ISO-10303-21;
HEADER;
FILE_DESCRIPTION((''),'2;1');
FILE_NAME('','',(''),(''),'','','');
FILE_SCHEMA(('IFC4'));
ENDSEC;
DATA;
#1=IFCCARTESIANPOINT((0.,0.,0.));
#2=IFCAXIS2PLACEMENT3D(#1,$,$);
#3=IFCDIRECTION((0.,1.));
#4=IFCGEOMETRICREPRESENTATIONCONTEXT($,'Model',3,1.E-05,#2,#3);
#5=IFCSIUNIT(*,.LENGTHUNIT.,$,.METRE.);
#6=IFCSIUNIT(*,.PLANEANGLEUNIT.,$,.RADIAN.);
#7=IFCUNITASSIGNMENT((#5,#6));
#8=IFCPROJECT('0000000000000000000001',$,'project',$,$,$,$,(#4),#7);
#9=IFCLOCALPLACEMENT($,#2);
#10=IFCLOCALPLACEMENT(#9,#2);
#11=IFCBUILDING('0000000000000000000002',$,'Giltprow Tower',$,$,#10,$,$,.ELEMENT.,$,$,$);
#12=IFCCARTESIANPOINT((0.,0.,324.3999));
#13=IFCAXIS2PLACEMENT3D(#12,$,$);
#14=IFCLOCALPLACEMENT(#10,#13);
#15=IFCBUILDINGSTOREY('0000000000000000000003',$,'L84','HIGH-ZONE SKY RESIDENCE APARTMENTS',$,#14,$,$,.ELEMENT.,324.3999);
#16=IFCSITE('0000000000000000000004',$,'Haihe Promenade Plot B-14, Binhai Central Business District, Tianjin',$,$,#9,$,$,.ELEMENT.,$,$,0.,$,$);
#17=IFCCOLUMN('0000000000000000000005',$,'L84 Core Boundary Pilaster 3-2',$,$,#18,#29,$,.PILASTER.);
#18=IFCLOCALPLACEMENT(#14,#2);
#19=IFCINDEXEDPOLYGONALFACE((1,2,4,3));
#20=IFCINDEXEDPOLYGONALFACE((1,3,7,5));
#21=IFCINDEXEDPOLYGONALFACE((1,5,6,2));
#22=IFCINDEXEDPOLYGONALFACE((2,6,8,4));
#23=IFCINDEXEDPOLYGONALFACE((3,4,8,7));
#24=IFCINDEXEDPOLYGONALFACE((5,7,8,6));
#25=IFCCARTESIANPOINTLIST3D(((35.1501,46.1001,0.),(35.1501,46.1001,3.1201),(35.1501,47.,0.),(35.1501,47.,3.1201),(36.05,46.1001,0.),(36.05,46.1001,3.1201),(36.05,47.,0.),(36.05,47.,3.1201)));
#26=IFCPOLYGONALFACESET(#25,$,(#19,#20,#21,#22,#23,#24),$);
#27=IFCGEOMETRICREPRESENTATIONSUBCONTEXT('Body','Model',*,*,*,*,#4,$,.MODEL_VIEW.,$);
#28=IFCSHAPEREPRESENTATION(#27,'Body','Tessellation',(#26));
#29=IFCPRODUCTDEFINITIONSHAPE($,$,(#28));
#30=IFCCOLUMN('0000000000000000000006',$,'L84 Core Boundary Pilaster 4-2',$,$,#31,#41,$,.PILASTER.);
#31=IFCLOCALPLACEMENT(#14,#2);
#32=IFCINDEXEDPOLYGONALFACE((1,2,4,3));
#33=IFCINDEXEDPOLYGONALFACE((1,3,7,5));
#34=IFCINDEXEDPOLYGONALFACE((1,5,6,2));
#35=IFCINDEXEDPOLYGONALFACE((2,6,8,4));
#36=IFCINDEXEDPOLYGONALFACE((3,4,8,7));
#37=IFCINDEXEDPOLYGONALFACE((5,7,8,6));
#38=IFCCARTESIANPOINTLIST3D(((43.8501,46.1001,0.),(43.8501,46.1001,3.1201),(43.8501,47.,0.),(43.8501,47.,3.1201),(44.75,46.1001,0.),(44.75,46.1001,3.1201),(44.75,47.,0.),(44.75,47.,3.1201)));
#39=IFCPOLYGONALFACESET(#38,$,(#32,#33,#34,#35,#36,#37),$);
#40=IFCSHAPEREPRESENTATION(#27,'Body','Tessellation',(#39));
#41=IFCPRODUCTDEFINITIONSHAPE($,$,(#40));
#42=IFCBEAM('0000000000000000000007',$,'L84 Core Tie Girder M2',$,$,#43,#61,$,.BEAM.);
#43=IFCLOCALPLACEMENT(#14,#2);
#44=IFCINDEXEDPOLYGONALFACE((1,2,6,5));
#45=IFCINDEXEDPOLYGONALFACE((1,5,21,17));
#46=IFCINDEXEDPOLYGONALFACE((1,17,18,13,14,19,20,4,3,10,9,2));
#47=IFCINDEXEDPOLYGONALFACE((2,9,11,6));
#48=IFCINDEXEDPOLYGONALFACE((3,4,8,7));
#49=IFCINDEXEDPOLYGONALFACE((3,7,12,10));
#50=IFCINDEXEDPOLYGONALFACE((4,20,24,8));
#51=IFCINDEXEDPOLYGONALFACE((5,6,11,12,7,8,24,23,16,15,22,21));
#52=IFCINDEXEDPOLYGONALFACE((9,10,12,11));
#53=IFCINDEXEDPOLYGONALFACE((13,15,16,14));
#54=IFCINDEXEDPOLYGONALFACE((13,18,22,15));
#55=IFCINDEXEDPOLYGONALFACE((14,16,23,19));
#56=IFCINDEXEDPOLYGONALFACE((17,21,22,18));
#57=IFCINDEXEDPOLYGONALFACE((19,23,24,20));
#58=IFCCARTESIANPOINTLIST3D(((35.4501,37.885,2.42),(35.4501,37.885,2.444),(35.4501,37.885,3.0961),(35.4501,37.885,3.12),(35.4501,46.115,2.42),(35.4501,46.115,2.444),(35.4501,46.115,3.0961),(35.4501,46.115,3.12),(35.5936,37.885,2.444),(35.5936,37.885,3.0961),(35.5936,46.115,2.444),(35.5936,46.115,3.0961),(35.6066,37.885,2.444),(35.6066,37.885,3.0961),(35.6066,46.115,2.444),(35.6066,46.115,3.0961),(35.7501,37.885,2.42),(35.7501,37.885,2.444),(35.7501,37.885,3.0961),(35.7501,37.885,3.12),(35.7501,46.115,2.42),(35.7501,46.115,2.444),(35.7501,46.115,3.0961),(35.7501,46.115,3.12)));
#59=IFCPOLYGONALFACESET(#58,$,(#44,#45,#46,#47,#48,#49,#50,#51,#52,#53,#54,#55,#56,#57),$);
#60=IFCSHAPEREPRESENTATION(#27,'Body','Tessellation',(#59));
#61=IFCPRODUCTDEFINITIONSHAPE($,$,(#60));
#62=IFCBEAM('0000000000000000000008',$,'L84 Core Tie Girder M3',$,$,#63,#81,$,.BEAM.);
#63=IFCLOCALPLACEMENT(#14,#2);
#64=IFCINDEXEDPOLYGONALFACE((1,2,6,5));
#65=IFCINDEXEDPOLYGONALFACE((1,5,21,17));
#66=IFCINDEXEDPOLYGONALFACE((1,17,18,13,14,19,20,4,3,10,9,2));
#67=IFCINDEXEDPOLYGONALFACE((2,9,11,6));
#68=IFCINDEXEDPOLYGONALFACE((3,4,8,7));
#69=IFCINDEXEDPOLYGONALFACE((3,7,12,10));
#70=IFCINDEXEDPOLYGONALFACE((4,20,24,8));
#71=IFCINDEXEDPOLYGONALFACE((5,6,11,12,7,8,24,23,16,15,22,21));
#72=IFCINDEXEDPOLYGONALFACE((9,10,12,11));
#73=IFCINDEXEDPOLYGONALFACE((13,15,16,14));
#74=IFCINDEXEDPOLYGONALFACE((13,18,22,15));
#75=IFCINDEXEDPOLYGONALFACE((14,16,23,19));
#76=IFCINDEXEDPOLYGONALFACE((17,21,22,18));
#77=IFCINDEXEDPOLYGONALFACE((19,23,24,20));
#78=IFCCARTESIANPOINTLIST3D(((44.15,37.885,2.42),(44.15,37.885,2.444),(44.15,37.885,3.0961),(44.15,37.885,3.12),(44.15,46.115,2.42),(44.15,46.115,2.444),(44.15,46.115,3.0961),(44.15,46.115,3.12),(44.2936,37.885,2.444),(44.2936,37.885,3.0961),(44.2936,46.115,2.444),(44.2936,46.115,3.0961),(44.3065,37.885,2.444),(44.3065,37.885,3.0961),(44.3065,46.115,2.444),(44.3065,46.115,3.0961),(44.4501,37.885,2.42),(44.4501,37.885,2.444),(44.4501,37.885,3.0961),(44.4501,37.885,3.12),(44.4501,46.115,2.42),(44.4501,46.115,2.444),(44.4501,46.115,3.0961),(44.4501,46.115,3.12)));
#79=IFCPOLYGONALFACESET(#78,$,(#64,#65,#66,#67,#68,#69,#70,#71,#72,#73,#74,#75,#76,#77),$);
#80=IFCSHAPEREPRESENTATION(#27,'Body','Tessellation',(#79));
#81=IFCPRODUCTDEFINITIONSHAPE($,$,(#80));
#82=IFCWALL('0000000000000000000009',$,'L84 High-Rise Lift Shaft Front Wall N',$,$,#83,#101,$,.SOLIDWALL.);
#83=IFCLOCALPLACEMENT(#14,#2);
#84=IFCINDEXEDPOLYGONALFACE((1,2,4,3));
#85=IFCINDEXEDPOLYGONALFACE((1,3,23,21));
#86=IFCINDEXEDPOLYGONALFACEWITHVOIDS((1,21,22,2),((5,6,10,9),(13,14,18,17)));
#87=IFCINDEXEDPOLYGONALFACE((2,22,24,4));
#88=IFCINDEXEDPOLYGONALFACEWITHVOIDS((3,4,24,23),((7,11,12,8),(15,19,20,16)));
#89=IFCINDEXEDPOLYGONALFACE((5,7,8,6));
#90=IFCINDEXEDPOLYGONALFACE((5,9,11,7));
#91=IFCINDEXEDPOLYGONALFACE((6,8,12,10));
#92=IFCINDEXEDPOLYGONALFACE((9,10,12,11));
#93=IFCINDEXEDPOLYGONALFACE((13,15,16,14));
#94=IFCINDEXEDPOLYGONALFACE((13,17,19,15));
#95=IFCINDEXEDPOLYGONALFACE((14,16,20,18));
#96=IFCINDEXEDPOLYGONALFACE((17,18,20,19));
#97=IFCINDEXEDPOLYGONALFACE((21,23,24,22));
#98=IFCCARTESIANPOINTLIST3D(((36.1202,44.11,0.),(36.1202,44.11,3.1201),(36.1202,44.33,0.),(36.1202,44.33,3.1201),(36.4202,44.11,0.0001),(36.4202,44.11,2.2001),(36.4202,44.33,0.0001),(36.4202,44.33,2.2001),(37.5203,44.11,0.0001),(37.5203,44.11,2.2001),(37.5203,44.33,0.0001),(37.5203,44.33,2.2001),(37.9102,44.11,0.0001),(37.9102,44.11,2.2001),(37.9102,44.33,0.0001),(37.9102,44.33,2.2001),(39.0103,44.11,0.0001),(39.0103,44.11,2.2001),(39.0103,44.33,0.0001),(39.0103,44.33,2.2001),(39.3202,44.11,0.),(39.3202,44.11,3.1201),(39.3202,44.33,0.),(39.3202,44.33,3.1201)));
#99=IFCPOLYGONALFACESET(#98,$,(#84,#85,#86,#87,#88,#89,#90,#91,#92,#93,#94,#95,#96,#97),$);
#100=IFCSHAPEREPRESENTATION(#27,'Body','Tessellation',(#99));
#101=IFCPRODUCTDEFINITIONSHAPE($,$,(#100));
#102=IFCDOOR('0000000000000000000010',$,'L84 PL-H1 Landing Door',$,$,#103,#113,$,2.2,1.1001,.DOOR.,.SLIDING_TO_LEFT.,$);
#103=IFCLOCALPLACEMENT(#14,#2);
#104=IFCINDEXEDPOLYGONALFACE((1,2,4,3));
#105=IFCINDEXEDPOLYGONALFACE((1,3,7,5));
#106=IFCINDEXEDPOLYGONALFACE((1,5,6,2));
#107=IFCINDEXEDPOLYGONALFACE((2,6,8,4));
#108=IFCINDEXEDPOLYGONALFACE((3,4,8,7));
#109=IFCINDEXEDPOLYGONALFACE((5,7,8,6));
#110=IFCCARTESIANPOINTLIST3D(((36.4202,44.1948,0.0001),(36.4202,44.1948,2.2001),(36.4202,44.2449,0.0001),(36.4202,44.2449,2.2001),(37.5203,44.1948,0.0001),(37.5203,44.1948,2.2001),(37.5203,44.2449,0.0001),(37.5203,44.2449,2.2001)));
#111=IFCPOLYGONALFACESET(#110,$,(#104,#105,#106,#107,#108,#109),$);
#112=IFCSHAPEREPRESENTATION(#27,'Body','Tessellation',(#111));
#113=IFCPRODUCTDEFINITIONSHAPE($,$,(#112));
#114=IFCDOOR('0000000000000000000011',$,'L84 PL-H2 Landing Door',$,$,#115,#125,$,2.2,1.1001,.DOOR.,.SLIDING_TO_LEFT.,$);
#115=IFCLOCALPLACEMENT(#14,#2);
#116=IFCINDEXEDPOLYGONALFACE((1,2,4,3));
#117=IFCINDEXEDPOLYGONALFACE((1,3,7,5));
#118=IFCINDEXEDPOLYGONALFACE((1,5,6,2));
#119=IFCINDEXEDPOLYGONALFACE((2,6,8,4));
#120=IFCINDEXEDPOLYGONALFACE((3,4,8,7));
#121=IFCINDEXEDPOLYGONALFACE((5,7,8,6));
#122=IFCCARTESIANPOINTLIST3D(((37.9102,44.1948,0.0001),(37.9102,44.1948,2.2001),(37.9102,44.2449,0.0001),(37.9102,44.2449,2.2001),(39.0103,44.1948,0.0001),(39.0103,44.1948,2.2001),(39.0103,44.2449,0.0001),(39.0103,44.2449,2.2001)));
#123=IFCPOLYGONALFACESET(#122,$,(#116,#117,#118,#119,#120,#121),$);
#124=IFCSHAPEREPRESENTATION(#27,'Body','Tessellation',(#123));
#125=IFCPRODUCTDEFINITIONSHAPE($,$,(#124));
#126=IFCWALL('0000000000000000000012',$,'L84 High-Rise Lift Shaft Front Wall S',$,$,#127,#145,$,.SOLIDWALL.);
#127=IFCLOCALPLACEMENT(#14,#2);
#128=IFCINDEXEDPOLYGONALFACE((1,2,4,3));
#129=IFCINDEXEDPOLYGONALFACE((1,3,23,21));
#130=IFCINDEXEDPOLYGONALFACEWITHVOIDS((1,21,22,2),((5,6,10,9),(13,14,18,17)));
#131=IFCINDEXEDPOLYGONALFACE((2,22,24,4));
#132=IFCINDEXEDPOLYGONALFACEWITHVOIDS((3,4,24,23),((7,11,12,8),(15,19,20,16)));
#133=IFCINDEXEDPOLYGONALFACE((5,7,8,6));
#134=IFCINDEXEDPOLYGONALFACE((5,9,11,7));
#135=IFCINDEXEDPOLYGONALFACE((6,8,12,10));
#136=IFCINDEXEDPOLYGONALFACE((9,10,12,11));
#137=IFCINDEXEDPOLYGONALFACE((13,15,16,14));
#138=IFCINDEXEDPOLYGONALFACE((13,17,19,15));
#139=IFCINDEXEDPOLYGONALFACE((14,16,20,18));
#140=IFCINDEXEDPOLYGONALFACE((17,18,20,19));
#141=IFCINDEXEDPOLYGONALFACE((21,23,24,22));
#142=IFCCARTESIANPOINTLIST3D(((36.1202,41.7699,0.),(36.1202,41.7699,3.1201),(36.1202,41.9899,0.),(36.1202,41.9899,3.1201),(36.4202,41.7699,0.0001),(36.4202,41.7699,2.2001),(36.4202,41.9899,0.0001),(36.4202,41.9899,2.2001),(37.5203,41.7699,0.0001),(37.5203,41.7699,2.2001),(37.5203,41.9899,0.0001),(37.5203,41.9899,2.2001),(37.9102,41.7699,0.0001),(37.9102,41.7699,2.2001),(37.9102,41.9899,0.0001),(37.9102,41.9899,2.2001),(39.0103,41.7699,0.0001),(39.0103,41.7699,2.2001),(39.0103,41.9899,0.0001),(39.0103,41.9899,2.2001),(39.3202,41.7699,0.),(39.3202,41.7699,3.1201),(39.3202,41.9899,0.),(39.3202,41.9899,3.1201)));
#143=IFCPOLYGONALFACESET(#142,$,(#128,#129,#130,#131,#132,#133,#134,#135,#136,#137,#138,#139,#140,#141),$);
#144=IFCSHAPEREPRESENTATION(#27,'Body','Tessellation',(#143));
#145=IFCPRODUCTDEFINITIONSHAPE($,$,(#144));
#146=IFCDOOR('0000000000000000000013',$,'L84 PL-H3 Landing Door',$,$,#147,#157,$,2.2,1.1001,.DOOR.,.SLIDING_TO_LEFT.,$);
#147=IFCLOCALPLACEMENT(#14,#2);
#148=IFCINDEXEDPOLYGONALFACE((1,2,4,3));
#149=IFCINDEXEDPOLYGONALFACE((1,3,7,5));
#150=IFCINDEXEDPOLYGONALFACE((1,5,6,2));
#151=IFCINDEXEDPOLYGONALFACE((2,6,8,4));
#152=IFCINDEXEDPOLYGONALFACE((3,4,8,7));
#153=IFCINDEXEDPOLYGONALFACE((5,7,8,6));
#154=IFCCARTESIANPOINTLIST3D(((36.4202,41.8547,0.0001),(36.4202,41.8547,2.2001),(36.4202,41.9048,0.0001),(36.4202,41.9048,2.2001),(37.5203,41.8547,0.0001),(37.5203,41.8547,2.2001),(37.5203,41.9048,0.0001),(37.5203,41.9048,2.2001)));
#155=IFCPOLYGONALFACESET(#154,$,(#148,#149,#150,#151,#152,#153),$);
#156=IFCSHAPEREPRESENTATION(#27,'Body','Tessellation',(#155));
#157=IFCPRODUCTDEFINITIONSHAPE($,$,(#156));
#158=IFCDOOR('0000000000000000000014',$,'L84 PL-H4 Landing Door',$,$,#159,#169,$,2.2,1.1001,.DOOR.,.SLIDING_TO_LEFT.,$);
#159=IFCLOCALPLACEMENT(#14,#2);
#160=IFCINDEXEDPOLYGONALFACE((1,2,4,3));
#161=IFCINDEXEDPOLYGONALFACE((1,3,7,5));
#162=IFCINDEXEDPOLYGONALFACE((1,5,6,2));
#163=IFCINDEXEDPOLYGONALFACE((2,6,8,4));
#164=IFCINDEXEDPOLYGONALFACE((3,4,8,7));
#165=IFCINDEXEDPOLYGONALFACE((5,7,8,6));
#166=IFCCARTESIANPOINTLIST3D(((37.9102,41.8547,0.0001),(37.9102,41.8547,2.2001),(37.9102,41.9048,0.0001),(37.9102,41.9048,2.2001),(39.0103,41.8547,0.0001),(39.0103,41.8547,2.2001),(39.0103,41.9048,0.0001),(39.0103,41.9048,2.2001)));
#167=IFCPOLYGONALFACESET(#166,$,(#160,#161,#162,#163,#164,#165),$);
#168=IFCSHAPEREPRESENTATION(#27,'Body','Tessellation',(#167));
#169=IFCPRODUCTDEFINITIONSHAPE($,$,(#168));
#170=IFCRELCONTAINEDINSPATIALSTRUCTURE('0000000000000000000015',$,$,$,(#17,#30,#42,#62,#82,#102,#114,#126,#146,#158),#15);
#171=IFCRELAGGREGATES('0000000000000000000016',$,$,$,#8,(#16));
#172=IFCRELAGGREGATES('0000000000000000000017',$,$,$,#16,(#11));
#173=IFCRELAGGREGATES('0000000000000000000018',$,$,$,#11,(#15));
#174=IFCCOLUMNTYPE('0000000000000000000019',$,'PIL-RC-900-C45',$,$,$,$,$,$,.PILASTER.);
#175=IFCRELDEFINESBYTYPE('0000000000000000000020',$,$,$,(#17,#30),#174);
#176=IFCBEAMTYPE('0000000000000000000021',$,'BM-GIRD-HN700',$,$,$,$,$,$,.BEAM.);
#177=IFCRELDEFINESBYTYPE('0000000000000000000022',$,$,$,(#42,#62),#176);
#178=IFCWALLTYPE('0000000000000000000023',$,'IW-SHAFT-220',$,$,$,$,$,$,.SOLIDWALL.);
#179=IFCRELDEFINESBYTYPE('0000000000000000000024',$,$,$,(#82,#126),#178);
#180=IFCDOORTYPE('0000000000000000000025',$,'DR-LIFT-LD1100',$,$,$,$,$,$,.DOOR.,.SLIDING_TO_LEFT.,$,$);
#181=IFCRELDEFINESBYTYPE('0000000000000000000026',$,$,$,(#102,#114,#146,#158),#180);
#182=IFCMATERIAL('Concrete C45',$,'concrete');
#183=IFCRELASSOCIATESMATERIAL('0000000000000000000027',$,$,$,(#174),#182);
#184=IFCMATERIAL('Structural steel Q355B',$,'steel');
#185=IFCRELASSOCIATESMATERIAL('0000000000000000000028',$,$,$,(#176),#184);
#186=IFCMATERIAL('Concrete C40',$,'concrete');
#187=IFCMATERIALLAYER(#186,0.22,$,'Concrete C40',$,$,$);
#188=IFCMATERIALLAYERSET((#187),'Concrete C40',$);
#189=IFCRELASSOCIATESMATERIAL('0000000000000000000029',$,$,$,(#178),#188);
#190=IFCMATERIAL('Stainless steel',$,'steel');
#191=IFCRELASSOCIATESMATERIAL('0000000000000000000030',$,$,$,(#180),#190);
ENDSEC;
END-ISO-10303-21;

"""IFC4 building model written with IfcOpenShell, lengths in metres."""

from ifc_helpers import new_model, si_unit, direction, frame, frame_2d, origin, origin_2d, place, context, subcontext, project, spatial, rectangle, i_section, extrude, source, transform, mapped, material, layer, layer_set, material_profile, profile_set, type_object, element, fill, save


model = new_model("IFC4")

# Units and contexts
model_context = context("Model", 3, precision=1e-05, world=origin(), true_north=direction((0.0, 1.0)))
body_context = subcontext(model_context, "Body", "Model", "MODEL_VIEW")
ifc_project = project(units=[si_unit("LENGTHUNIT", "METRE"), si_unit("PLANEANGLEUNIT", "RADIAN")], contexts=[model_context])

# Site, building, storey
site_placement = place(None, origin())
site = spatial("IfcSite", under=ifc_project, at=site_placement, Name="Haihe Promenade Plot B-14, Binhai Central Business District, Tianjin", CompositionType="ELEMENT", RefElevation=0.0)
building_placement = place(site_placement, origin())
building = spatial("IfcBuilding", under=site, at=building_placement, Name="Giltprow Tower", CompositionType="ELEMENT")
storey_placement = place(building_placement, frame((0.0, 0.0, 324.3999)))
storey = spatial("IfcBuildingStorey", under=building, at=storey_placement, Name="L84", Description="HIGH-ZONE SKY RESIDENCE APARTMENTS", CompositionType="ELEMENT", Elevation=324.3999)

# Columns
ifc_material_1 = material(Name="Concrete C45", Category="concrete")
ifc_material_profile_1 = material_profile(ifc_material_1, rectangle(XDim=0.8999, YDim=0.8999, at=origin_2d()), Name="RC 900x900")
ifc_profile_set_1 = profile_set([ifc_material_profile_1], Name="Concrete C45")
column_type = type_object("IfcColumnType", Name="PIL-RC-900-C45", PredefinedType="PILASTER", material=ifc_profile_set_1)
shared_shape_1 = source(origin(), body_context, "Body", "SweptSolid", [
    extrude(rectangle(XDim=0.8999, YDim=0.8999, at=origin_2d()), origin(), (0.0, 0.0, 1.0), 3.1201),
])
for number, where, z_axis, x_axis, name in (
    (1, (35.6001, 46.55, 0.0), (0.0, 0.0, 1.0), (1.0, 0.0, 0.0), "L84 Core Boundary Pilaster 3-2"),
    (2, (44.3, 46.55, 0.0), (0.0, 0.0, 1.0), (1.0, 0.0, 0.0), "L84 Core Boundary Pilaster 4-2"),
):
    element("IfcColumn", number, at=place(storey_placement, frame(where, z_axis=z_axis, x_axis=x_axis)), inside=storey, type_object=column_type, Name=name, PredefinedType="PILASTER", context=body_context, shape_type="MappedRepresentation", body=[
        mapped(shared_shape_1, transform((0.0, 0.0, 0.0), x_axis=(1.0, 0.0, 0.0), y_axis=(0.0, 1.0, 0.0), z_axis=(0.0, 0.0, 1.0), scale=1.0)),
    ])

# Beams
ifc_material_2 = material(Name="Structural steel Q355B", Category="steel")
ifc_material_profile_2 = material_profile(ifc_material_2, i_section(OverallWidth=0.3, OverallDepth=0.7, WebThickness=0.0129, FlangeThickness=0.0239, at=origin_2d()), Name="HN 700x300x13x24")
ifc_profile_set_2 = profile_set([ifc_material_profile_2], Name="Structural steel Q355B")
beam_type = type_object("IfcBeamType", Name="BM-GIRD-HN700", PredefinedType="BEAM", material=ifc_profile_set_2)
shared_shape_2 = source(origin(), body_context, "Body", "SweptSolid", [
    extrude(i_section(OverallWidth=0.3, OverallDepth=0.7, WebThickness=0.0129, FlangeThickness=0.0239, at=origin_2d()), origin(), (0.0, 0.0, 1.0), 8.23),
])
for number, where, z_axis, x_axis, name in (
    (3, (35.6001, 37.885, 2.77), (0.0, 1.0, 0.0), (-1.0, 0.0, 0.0), "L84 Core Tie Girder M2"),
    (4, (44.3, 37.885, 2.77), (0.0, 1.0, 0.0), (-1.0, 0.0, 0.0), "L84 Core Tie Girder M3"),
):
    element("IfcBeam", number, at=place(storey_placement, frame(where, z_axis=z_axis, x_axis=x_axis)), inside=storey, type_object=beam_type, Name=name, PredefinedType="BEAM", context=body_context, shape_type="MappedRepresentation", body=[
        mapped(shared_shape_2, transform((0.0, 0.0, 0.0), x_axis=(1.0, 0.0, 0.0), y_axis=(0.0, 1.0, 0.0), z_axis=(0.0, 0.0, 1.0), scale=1.0)),
    ])

# Walls, openings, doors
ifc_material_3 = material(Name="Concrete C40", Category="concrete")
ifc_layer_1 = layer(ifc_material_3, 0.22, Name="Concrete C40")
ifc_layer_set_1 = layer_set([ifc_layer_1], Name="Concrete C40")
wall_type_1 = type_object("IfcWallType", Name="IW-SHAFT-220", PredefinedType="SOLIDWALL", material=ifc_layer_set_1)
wall_1_placement = place(storey_placement, frame((36.1201, 44.22, 0.0), z_axis=(0.0, 0.0, 1.0), x_axis=(1.0, 0.0, 0.0)))
wall_1 = element("IfcWall", 5, at=wall_1_placement, inside=storey, type_object=wall_type_1, Name="L84 High-Rise Lift Shaft Front Wall N", PredefinedType="SOLIDWALL", context=body_context, shape_type="SweptSolid", body=[
    extrude(rectangle(XDim=3.2, YDim=0.22, at=frame_2d((1.6001, 0.0))), origin(), (0.0, 0.0, 1.0), 3.1201),
])
opening_1_placement = place(wall_1_placement, frame((0.3, 0.0, 0.0)))
opening_1 = element("IfcOpeningElement", 6, at=opening_1_placement, cuts=wall_1, PredefinedType="OPENING", context=body_context, shape_type="SweptSolid", body=[
    extrude(rectangle(XDim=1.1001, YDim=2.2, at=frame_2d((0.55, 1.1001))), frame((0.0, 0.1199, 0.0), z_axis=(0.0, -1.0, 0.0), x_axis=(1.0, 0.0, 0.0)), (0.0, 0.0, 1.0), 0.24),
])
opening_2_placement = place(wall_1_placement, frame((1.79, 0.0, 0.0)))
opening_2 = element("IfcOpeningElement", 7, at=opening_2_placement, cuts=wall_1, PredefinedType="OPENING", context=body_context, shape_type="SweptSolid", body=[
    extrude(rectangle(XDim=1.1001, YDim=2.2, at=frame_2d((0.55, 1.1001))), frame((0.0, 0.1199, 0.0), z_axis=(0.0, -1.0, 0.0), x_axis=(1.0, 0.0, 0.0)), (0.0, 0.0, 1.0), 0.24),
])
ifc_material_4 = material(Name="Stainless steel", Category="steel")
door_type_1 = type_object("IfcDoorType", Name="DR-LIFT-LD1100", OperationType="SLIDING_TO_LEFT", PredefinedType="DOOR", material=ifc_material_4)
shared_shape_3 = source(origin(), body_context, "Body", "SweptSolid", [
    extrude(rectangle(XDim=1.1001, YDim=2.2, at=frame_2d((0.55, 1.1001))), frame((0.0, 0.0249, 0.0), z_axis=(0.0, -1.0, 0.0), x_axis=(1.0, 0.0, 0.0)), (0.0, 0.0, 1.0), 0.05),
])
door_1_placement = place(opening_1_placement, origin())
door_1 = element("IfcDoor", 8, at=door_1_placement, inside=storey, type_object=door_type_1, Name="L84 PL-H1 Landing Door", OperationType="SLIDING_TO_LEFT", OverallHeight=2.2, OverallWidth=1.1001, PredefinedType="DOOR", context=body_context, shape_type="MappedRepresentation", body=[
    mapped(shared_shape_3, transform((0.0, 0.0, 0.0), x_axis=(1.0, 0.0, 0.0), y_axis=(0.0, 1.0, 0.0), z_axis=(0.0, 0.0, 1.0), scale=1.0)),
])
fill(opening_1, door_1)
door_2_placement = place(opening_2_placement, origin())
door_2 = element("IfcDoor", 9, at=door_2_placement, inside=storey, type_object=door_type_1, Name="L84 PL-H2 Landing Door", OperationType="SLIDING_TO_LEFT", OverallHeight=2.2, OverallWidth=1.1001, PredefinedType="DOOR", context=body_context, shape_type="MappedRepresentation", body=[
    mapped(shared_shape_3, transform((0.0, 0.0, 0.0), x_axis=(1.0, 0.0, 0.0), y_axis=(0.0, 1.0, 0.0), z_axis=(0.0, 0.0, 1.0), scale=1.0)),
])
fill(opening_2, door_2)
wall_2_placement = place(storey_placement, frame((36.1201, 41.8799, 0.0), z_axis=(0.0, 0.0, 1.0), x_axis=(1.0, 0.0, 0.0)))
wall_2 = element("IfcWall", 10, at=wall_2_placement, inside=storey, type_object=wall_type_1, Name="L84 High-Rise Lift Shaft Front Wall S", PredefinedType="SOLIDWALL", context=body_context, shape_type="SweptSolid", body=[
    extrude(rectangle(XDim=3.2, YDim=0.22, at=frame_2d((1.6001, 0.0))), origin(), (0.0, 0.0, 1.0), 3.1201),
])
opening_3_placement = place(wall_2_placement, frame((0.3, 0.0, 0.0)))
opening_3 = element("IfcOpeningElement", 11, at=opening_3_placement, cuts=wall_2, PredefinedType="OPENING", context=body_context, shape_type="SweptSolid", body=[
    extrude(rectangle(XDim=1.1001, YDim=2.2, at=frame_2d((0.55, 1.1001))), frame((0.0, 0.1199, 0.0), z_axis=(0.0, -1.0, 0.0), x_axis=(1.0, 0.0, 0.0)), (0.0, 0.0, 1.0), 0.24),
])
opening_4_placement = place(wall_2_placement, frame((1.79, 0.0, 0.0)))
opening_4 = element("IfcOpeningElement", 12, at=opening_4_placement, cuts=wall_2, PredefinedType="OPENING", context=body_context, shape_type="SweptSolid", body=[
    extrude(rectangle(XDim=1.1001, YDim=2.2, at=frame_2d((0.55, 1.1001))), frame((0.0, 0.1199, 0.0), z_axis=(0.0, -1.0, 0.0), x_axis=(1.0, 0.0, 0.0)), (0.0, 0.0, 1.0), 0.24),
])
door_3_placement = place(opening_3_placement, origin())
door_3 = element("IfcDoor", 13, at=door_3_placement, inside=storey, type_object=door_type_1, Name="L84 PL-H3 Landing Door", OperationType="SLIDING_TO_LEFT", OverallHeight=2.2, OverallWidth=1.1001, PredefinedType="DOOR", context=body_context, shape_type="MappedRepresentation", body=[
    mapped(shared_shape_3, transform((0.0, 0.0, 0.0), x_axis=(1.0, 0.0, 0.0), y_axis=(0.0, 1.0, 0.0), z_axis=(0.0, 0.0, 1.0), scale=1.0)),
])
fill(opening_3, door_3)
door_4_placement = place(opening_4_placement, origin())
door_4 = element("IfcDoor", 14, at=door_4_placement, inside=storey, type_object=door_type_1, Name="L84 PL-H4 Landing Door", OperationType="SLIDING_TO_LEFT", OverallHeight=2.2, OverallWidth=1.1001, PredefinedType="DOOR", context=body_context, shape_type="MappedRepresentation", body=[
    mapped(shared_shape_3, transform((0.0, 0.0, 0.0), x_axis=(1.0, 0.0, 0.0), y_axis=(0.0, 1.0, 0.0), z_axis=(0.0, 0.0, 1.0), scale=1.0)),
])
fill(opening_4, door_4)

save(model, "model.ifc")
